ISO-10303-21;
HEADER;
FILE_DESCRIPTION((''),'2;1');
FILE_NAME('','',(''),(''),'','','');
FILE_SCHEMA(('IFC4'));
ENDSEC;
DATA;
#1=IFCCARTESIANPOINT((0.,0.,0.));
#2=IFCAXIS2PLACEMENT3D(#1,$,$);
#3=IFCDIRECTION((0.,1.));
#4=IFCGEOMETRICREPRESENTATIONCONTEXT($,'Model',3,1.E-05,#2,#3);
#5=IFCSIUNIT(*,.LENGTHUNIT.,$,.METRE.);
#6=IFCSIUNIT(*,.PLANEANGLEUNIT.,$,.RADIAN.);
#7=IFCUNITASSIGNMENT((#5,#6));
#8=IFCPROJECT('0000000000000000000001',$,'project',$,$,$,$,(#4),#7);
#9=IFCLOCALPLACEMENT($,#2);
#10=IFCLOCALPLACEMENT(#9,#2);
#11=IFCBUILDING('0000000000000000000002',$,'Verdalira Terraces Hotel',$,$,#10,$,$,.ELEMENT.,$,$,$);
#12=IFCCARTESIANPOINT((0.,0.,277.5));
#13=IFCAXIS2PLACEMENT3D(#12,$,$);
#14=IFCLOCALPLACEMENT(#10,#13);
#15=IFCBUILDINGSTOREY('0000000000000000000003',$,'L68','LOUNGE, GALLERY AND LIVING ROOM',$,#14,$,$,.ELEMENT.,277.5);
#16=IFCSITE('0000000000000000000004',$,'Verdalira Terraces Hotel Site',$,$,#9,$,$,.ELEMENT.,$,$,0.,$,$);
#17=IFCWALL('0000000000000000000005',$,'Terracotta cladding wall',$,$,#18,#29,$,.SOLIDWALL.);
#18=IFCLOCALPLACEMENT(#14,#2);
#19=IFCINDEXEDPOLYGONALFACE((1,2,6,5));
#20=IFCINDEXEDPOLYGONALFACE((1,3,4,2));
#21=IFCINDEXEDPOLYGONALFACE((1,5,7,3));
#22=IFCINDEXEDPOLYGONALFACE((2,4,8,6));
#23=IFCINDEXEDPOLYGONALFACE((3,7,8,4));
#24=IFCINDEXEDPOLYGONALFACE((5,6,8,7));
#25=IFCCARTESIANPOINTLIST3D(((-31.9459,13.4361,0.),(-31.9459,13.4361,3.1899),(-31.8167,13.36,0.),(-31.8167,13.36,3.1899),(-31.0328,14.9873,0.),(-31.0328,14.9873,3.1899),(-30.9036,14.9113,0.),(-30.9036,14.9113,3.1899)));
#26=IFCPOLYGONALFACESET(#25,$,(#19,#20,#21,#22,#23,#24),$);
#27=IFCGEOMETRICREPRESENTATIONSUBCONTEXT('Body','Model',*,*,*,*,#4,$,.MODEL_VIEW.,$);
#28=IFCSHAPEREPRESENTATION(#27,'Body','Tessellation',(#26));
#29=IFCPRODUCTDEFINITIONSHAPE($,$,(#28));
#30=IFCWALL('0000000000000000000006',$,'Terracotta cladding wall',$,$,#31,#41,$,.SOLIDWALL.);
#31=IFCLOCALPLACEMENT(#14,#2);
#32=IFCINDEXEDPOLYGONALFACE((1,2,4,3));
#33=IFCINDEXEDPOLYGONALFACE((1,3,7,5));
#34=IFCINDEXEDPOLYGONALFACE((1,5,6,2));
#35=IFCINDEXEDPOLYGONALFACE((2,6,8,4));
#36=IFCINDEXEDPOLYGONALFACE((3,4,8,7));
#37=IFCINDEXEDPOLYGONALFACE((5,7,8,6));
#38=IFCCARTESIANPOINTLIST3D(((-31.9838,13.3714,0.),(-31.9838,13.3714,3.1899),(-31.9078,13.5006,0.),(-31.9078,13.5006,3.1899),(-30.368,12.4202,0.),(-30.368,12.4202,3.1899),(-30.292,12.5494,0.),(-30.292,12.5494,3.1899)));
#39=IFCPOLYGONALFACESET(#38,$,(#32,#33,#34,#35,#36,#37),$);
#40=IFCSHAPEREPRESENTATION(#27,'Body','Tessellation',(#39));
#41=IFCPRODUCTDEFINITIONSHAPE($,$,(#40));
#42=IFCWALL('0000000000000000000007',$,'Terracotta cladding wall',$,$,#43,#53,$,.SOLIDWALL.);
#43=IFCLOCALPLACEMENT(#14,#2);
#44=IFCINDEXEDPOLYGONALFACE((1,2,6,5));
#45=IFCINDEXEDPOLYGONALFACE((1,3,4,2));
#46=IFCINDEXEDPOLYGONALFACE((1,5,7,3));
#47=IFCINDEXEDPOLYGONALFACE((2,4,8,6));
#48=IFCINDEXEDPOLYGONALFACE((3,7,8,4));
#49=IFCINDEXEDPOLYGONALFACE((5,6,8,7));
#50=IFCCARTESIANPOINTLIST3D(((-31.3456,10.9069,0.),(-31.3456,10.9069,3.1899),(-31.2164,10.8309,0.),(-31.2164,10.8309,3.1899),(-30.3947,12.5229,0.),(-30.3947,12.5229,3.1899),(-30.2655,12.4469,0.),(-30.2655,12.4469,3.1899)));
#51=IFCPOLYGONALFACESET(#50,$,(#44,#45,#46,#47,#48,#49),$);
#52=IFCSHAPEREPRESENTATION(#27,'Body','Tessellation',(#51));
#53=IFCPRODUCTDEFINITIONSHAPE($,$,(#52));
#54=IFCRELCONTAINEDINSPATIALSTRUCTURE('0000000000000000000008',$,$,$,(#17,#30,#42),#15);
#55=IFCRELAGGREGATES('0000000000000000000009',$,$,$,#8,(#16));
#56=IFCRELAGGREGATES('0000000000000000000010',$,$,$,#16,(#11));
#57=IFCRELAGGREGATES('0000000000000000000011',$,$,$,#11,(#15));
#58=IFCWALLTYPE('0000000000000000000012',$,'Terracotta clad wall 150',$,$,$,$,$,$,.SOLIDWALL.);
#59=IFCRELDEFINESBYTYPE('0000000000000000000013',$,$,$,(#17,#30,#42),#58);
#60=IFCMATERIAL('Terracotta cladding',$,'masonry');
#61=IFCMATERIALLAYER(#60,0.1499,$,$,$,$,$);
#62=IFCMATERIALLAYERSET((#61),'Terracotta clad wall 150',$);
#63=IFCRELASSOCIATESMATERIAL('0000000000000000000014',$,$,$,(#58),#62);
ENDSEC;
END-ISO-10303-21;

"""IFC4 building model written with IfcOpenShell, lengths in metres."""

from ifc_helpers import new_model, si_unit, direction, frame, frame_2d, origin, place, context, subcontext, project, spatial, rectangle, extrude, material, layer, layer_set, type_object, element, save


model = new_model("IFC4")

# Units and contexts
model_context = context("Model", 3, precision=1e-05, world=origin(), true_north=direction((0.0, 1.0)))
body_context = subcontext(model_context, "Body", "Model", "MODEL_VIEW")
ifc_project = project(units=[si_unit("LENGTHUNIT", "METRE"), si_unit("PLANEANGLEUNIT", "RADIAN")], contexts=[model_context])

# Site, building, storey
site_placement = place(None, origin())
site = spatial("IfcSite", under=ifc_project, at=site_placement, Name="Verdalira Terraces Hotel Site", CompositionType="ELEMENT", RefElevation=0.0)
building_placement = place(site_placement, origin())
building = spatial("IfcBuilding", under=site, at=building_placement, Name="Verdalira Terraces Hotel", CompositionType="ELEMENT")
storey_placement = place(building_placement, frame((0.0, 0.0, 277.5)))
storey = spatial("IfcBuildingStorey", under=building, at=storey_placement, Name="L68", Description="LOUNGE, GALLERY AND LIVING ROOM", CompositionType="ELEMENT", Elevation=277.5)

# Walls
ifc_material_1 = material(Name="Terracotta cladding", Category="masonry")
ifc_layer_1 = layer(ifc_material_1, 0.1499)
ifc_layer_set_1 = layer_set([ifc_layer_1], Name="Terracotta clad wall 150")
wall_type_1 = type_object("IfcWallType", Name="Terracotta clad wall 150", PredefinedType="SOLIDWALL", material=ifc_layer_set_1)
wall_1_placement = place(storey_placement, frame((-30.9683, 14.9492, 0.0), z_axis=(0.0, 0.0, 1.0), x_axis=(-0.507257, -0.861795, 0.0)))
element("IfcWall", 1, at=wall_1_placement, inside=storey, type_object=wall_type_1, Name="Terracotta cladding wall", PredefinedType="SOLIDWALL", context=body_context, shape_type="SweptSolid", body=[
    extrude(rectangle(XDim=1.8, YDim=0.1499, at=frame_2d((0.8999, 0.0))), origin(), (0.0, 0.0, 1.0), 3.1899),
])
for number, where, z_axis, x_axis, name in (
    (2, (-31.9458, 13.436, 0.0), (0.0, 0.0, 1.0), (0.86176, -0.507316, 0.0), "Terracotta cladding wall"),
    (3, (-30.3301, 12.4849, 0.0), (0.0, 0.0, 1.0), (-0.507162, -0.861851, 0.0), "Terracotta cladding wall"),
):
    element("IfcWall", number, at=place(storey_placement, frame(where, z_axis=z_axis, x_axis=x_axis)), inside=storey, type_object=wall_type_1, Name=name, PredefinedType="SOLIDWALL", context=body_context, shape_type="SweptSolid", body=[
        extrude(rectangle(XDim=1.875, YDim=0.1499, at=frame_2d((0.9375, 0.0))), origin(), (0.0, 0.0, 1.0), 3.1899),
    ])

save(model, "model.ifc")
